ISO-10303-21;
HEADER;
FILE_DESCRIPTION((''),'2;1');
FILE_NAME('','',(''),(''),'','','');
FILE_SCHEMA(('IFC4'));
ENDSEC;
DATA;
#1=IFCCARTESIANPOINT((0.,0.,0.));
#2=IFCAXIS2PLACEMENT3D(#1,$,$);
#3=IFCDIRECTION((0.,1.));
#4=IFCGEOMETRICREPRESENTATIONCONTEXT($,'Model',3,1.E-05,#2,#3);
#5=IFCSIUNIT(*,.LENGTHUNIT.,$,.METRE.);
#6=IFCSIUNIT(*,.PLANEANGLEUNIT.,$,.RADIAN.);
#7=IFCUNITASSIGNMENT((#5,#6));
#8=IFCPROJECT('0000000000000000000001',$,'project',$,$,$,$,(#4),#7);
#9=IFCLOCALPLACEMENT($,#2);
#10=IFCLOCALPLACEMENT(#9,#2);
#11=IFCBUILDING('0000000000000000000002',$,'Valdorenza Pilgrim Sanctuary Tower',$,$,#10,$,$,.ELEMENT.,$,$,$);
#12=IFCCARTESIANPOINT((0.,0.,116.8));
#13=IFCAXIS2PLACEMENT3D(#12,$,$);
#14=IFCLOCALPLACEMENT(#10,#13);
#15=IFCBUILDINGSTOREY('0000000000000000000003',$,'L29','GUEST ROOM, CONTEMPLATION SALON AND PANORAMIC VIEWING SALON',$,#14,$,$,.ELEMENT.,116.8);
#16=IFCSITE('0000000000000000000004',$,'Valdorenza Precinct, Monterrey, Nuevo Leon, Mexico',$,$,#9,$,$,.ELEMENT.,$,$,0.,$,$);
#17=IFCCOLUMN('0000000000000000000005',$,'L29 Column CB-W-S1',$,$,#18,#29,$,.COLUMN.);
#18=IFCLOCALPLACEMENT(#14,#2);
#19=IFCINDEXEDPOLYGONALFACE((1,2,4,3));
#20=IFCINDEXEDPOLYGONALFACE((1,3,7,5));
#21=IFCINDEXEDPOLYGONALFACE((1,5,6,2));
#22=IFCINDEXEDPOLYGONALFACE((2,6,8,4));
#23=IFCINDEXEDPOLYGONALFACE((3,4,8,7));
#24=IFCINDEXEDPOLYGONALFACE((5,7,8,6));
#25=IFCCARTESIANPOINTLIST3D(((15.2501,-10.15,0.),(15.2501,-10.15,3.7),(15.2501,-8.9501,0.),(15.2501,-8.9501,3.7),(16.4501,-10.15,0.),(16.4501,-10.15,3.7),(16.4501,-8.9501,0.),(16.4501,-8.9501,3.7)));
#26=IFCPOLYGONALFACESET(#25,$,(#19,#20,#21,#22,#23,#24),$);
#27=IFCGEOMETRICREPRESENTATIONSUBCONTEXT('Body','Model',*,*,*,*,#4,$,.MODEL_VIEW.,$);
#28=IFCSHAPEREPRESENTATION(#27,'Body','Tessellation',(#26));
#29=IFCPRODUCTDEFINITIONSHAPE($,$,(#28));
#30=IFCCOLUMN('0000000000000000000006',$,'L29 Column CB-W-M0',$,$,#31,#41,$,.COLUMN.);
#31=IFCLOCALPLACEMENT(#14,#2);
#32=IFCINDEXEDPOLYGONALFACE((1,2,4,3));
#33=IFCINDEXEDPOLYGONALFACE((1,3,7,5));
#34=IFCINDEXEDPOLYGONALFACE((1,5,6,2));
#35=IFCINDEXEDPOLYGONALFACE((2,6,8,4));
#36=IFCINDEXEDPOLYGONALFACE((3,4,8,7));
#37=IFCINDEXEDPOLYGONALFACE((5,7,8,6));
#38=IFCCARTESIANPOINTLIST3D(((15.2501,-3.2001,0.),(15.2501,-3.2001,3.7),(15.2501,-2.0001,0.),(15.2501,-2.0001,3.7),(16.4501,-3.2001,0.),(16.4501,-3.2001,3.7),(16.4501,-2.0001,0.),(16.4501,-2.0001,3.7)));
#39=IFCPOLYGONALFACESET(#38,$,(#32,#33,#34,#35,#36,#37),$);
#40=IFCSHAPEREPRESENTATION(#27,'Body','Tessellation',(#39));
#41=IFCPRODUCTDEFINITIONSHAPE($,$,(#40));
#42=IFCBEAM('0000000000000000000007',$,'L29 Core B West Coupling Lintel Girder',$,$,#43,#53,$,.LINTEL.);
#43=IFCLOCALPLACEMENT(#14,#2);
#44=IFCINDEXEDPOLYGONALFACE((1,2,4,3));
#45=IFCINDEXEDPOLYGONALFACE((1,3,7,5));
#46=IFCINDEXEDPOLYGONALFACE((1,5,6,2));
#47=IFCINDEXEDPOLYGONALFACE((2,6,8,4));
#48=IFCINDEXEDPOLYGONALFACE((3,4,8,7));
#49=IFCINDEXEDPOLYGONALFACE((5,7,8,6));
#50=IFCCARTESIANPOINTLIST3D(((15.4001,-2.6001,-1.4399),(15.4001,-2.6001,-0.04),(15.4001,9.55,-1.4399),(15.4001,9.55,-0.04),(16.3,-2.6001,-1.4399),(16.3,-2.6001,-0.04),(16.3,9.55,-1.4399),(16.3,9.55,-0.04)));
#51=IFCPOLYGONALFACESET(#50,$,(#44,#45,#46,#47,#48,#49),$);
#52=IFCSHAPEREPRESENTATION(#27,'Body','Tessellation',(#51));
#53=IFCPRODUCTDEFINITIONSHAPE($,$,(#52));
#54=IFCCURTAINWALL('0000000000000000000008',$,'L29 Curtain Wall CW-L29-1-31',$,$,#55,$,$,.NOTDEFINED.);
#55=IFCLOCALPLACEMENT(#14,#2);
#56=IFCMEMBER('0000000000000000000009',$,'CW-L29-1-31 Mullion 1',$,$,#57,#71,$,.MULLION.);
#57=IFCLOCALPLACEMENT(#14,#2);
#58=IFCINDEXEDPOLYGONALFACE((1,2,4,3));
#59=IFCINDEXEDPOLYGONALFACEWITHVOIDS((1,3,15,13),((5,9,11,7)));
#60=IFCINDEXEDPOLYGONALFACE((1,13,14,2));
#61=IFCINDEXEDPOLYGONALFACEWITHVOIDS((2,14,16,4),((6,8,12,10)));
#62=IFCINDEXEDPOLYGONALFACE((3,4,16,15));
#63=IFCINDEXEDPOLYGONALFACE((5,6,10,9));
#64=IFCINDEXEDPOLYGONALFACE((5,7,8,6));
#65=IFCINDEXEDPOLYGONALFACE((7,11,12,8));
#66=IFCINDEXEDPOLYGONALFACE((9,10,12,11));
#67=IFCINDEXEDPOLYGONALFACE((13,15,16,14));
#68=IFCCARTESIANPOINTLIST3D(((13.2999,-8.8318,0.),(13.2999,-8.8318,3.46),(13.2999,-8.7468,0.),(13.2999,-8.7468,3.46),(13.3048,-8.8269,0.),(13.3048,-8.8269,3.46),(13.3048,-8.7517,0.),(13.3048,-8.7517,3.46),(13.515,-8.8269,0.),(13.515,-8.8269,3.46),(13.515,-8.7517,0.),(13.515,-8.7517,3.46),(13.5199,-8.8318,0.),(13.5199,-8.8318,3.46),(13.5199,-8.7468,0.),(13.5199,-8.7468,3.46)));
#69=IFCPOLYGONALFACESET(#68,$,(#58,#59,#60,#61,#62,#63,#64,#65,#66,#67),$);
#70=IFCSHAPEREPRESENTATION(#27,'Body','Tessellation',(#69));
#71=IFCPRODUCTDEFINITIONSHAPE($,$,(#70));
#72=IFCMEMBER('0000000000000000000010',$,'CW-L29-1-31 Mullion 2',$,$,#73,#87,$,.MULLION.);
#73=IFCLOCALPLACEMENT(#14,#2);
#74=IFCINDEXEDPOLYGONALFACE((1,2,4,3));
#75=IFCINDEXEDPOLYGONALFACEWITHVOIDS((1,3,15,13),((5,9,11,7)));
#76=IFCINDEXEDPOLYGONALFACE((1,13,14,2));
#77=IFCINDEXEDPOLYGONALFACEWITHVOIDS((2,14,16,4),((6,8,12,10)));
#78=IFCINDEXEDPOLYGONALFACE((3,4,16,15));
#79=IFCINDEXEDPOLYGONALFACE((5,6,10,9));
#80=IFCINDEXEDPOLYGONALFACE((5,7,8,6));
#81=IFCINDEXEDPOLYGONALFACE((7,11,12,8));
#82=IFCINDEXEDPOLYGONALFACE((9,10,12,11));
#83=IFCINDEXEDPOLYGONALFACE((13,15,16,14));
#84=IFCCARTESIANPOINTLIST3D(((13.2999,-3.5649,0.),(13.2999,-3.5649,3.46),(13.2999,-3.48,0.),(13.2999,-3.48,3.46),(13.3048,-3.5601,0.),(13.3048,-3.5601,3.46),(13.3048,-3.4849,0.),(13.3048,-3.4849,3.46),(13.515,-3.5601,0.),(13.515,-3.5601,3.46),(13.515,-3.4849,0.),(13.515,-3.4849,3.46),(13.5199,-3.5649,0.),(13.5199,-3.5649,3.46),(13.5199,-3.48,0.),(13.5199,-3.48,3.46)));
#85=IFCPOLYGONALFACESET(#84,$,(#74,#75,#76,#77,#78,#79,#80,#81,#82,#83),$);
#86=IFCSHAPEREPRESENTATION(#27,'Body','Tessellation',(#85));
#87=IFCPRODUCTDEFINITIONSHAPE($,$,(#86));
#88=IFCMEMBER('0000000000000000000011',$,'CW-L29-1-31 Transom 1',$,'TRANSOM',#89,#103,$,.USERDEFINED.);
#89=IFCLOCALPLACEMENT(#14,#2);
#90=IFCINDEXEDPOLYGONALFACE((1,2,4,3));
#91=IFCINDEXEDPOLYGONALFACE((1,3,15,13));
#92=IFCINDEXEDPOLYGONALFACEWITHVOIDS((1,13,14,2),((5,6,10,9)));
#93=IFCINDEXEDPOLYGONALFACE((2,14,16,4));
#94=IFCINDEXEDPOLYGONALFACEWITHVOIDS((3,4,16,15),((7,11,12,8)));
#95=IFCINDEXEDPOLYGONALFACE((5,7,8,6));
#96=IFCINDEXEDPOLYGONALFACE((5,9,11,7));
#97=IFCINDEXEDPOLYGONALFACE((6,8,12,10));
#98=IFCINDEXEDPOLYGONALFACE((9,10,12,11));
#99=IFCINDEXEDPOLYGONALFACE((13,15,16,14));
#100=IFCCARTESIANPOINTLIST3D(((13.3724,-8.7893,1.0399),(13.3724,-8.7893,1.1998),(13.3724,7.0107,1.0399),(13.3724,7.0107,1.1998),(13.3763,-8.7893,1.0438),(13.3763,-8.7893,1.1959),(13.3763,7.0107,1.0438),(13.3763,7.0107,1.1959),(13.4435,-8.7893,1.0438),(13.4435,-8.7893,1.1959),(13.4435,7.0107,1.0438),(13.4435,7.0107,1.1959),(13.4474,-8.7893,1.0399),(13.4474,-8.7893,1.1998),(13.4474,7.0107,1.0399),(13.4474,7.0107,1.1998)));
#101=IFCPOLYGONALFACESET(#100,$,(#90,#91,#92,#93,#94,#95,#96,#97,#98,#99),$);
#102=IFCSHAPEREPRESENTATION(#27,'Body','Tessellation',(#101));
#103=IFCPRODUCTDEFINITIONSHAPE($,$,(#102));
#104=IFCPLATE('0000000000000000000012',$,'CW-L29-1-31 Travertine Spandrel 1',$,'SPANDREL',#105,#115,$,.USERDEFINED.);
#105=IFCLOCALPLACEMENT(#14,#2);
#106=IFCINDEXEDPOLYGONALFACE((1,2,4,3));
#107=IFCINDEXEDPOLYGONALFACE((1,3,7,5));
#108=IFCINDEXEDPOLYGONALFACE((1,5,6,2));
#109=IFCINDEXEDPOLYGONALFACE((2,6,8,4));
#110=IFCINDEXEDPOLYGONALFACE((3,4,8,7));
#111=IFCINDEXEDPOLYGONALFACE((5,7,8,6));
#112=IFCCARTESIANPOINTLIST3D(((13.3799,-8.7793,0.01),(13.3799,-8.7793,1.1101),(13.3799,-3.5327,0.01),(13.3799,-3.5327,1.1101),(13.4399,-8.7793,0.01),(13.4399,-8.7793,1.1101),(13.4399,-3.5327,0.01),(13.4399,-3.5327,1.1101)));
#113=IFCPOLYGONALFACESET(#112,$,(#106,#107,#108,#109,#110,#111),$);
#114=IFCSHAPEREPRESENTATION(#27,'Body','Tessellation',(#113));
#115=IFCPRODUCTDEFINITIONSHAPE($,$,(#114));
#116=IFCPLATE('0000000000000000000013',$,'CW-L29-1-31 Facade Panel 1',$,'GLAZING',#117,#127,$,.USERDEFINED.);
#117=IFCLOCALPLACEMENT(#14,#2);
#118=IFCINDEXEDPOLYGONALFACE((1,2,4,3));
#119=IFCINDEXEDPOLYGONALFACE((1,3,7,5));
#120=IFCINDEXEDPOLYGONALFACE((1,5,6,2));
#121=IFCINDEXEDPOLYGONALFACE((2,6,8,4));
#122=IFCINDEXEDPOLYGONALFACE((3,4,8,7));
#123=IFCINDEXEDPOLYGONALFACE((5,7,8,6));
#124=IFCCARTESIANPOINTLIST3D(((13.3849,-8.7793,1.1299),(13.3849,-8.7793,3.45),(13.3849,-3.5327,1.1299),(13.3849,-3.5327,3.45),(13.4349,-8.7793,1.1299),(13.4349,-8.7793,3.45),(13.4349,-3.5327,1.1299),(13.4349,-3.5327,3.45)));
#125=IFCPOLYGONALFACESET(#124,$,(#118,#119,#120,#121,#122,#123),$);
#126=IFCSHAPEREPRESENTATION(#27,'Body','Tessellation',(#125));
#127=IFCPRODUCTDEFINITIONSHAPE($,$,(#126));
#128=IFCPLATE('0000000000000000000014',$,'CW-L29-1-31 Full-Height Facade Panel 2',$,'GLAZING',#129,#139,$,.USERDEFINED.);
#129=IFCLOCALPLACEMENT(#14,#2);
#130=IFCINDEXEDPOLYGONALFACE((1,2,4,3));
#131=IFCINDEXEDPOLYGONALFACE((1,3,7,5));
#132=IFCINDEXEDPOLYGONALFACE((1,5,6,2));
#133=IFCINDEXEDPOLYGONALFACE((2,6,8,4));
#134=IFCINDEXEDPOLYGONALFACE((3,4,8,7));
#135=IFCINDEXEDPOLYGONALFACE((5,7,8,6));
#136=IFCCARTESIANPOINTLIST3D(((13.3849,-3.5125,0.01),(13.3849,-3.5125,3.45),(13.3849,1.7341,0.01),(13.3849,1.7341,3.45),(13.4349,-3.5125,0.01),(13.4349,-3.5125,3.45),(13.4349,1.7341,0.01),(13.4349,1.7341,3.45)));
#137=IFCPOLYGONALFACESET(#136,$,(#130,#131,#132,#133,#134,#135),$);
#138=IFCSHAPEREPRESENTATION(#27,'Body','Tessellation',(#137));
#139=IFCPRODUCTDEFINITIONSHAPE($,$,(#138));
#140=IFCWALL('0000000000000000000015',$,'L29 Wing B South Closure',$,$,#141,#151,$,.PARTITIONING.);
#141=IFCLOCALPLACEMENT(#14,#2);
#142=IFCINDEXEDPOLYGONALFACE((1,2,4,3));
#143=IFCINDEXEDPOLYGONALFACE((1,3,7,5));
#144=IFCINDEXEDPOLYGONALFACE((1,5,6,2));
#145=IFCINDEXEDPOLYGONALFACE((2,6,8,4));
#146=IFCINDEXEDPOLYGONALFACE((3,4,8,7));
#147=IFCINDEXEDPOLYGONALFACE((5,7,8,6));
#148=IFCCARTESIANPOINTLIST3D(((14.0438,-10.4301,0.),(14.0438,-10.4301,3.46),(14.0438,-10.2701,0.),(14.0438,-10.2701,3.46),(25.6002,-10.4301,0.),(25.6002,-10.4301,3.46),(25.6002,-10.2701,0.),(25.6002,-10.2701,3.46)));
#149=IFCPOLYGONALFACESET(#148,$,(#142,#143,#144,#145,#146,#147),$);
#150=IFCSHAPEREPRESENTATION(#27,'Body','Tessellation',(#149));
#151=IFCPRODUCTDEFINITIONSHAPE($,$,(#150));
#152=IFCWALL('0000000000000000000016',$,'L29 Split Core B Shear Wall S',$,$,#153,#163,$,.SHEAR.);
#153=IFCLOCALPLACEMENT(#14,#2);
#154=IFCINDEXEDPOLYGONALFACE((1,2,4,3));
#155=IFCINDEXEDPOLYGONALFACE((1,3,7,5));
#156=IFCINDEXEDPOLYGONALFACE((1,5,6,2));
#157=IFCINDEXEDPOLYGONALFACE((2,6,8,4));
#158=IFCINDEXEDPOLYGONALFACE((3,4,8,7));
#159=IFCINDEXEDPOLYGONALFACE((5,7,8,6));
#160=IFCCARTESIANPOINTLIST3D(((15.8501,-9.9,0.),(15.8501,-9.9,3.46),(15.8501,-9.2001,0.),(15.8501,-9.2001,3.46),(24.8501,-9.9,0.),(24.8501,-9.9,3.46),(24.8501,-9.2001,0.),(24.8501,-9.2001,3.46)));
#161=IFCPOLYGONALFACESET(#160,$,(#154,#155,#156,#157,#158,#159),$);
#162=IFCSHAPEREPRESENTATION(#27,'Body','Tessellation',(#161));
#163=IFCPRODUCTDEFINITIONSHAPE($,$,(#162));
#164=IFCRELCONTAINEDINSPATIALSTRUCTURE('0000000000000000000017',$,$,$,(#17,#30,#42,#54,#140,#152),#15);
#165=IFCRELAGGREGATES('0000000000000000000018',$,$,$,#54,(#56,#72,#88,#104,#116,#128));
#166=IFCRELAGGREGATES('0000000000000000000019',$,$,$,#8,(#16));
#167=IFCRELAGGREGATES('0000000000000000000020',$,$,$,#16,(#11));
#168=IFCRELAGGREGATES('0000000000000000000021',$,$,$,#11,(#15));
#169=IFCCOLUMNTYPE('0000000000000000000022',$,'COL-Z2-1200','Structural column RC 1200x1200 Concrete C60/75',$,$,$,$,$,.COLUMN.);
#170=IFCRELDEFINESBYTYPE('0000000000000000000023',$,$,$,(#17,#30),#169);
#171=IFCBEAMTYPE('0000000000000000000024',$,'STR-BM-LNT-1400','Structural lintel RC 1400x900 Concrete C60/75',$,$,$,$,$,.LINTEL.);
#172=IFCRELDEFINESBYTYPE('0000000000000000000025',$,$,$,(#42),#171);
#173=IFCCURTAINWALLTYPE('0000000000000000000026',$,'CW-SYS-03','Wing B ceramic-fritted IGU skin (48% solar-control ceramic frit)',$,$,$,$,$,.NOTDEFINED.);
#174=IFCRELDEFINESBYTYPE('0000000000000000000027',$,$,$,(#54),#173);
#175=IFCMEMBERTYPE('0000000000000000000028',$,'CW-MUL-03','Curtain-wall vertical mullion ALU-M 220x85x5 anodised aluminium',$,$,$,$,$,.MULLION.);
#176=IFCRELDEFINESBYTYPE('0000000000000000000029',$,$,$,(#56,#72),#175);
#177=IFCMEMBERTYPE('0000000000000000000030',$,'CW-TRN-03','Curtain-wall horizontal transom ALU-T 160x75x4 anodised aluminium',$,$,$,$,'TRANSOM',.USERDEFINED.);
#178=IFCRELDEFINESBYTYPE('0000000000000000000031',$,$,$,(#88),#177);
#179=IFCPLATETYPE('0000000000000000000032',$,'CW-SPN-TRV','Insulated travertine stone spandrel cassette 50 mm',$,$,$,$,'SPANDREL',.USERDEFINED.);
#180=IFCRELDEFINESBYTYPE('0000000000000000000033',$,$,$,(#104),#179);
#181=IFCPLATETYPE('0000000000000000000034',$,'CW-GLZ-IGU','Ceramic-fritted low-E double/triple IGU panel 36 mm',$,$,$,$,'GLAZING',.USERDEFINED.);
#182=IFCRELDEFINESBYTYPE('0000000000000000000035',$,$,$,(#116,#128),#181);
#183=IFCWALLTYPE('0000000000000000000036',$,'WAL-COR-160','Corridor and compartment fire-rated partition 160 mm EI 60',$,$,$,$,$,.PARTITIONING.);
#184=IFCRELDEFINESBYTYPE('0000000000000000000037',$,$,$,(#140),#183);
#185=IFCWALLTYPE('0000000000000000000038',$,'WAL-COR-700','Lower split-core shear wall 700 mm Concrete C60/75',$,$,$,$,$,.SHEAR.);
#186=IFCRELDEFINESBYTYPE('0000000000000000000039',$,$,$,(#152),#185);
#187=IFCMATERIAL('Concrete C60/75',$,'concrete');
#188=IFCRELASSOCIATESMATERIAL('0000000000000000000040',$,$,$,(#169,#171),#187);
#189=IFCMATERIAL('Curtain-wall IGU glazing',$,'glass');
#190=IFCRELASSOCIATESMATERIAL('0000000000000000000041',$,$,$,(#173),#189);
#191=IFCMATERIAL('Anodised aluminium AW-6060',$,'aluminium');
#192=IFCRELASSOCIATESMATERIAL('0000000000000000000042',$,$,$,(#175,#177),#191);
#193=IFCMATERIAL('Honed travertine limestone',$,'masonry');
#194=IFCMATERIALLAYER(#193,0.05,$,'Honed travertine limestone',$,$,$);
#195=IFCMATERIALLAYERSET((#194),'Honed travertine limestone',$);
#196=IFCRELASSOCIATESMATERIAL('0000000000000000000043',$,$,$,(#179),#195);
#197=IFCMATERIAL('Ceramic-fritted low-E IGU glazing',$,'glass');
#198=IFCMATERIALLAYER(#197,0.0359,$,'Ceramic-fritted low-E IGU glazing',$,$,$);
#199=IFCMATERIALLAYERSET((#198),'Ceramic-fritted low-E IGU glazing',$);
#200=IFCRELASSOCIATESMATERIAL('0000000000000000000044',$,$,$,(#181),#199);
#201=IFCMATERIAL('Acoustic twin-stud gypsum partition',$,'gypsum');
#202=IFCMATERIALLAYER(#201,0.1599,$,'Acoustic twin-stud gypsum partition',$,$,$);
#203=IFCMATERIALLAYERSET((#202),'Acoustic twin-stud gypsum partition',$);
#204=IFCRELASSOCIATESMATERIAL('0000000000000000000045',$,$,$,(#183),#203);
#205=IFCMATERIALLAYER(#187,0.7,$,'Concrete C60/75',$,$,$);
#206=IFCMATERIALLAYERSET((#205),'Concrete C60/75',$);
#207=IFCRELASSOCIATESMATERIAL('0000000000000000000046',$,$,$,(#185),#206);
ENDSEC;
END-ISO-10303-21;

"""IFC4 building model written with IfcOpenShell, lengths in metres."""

from ifc_helpers import new_model, si_unit, direction, frame, frame_2d, origin, origin_2d, place, context, subcontext, project, spatial, rectangle, hollow_rectangle, extrude, source, transform, mapped, material, layer, layer_set, material_profile, profile_set, type_object, element, aggregate, save


model = new_model("IFC4")

# Units and contexts
model_context = context("Model", 3, precision=1e-05, world=origin(), true_north=direction((0.0, 1.0)))
body_context = subcontext(model_context, "Body", "Model", "MODEL_VIEW")
ifc_project = project(units=[si_unit("LENGTHUNIT", "METRE"), si_unit("PLANEANGLEUNIT", "RADIAN")], contexts=[model_context])

# Site, building, storey
site_placement = place(None, origin())
site = spatial("IfcSite", under=ifc_project, at=site_placement, Name="Valdorenza Precinct, Monterrey, Nuevo Leon, Mexico", CompositionType="ELEMENT", RefElevation=0.0)
building_placement = place(site_placement, origin())
building = spatial("IfcBuilding", under=site, at=building_placement, Name="Valdorenza Pilgrim Sanctuary Tower", CompositionType="ELEMENT")
storey_placement = place(building_placement, frame((0.0, 0.0, 116.8)))
storey = spatial("IfcBuildingStorey", under=building, at=storey_placement, Name="L29", Description="GUEST ROOM, CONTEMPLATION SALON AND PANORAMIC VIEWING SALON", CompositionType="ELEMENT", Elevation=116.8)

# Columns
ifc_material_1 = material(Name="Concrete C60/75", Category="concrete")
ifc_material_profile_1 = material_profile(ifc_material_1, rectangle(XDim=1.2, YDim=1.2, at=origin_2d()), Name="RC 1200x1200")
ifc_profile_set_1 = profile_set([ifc_material_profile_1], Name="Concrete C60/75")
column_type = type_object("IfcColumnType", Name="COL-Z2-1200", Description="Structural column RC 1200x1200 Concrete C60/75", PredefinedType="COLUMN", material=ifc_profile_set_1)
shared_shape_1 = source(origin(), body_context, "Body", "SweptSolid", [
    extrude(rectangle(XDim=1.2, YDim=1.2, at=origin_2d()), origin(), (0.0, 0.0, 1.0), 3.7),
])
for number, where, z_axis, x_axis, name in (
    (1, (15.8501, -9.55, 0.0), (0.0, 0.0, 1.0), (1.0, 0.0, 0.0), "L29 Column CB-W-S1"),
    (2, (15.8501, -2.6001, 0.0), (0.0, 0.0, 1.0), (1.0, 0.0, 0.0), "L29 Column CB-W-M0"),
):
    element("IfcColumn", number, at=place(storey_placement, frame(where, z_axis=z_axis, x_axis=x_axis)), inside=storey, type_object=column_type, Name=name, PredefinedType="COLUMN", context=body_context, shape_type="MappedRepresentation", body=[
        mapped(shared_shape_1, transform((0.0, 0.0, 0.0), x_axis=(1.0, 0.0, 0.0), y_axis=(0.0, 1.0, 0.0), z_axis=(0.0, 0.0, 1.0), scale=1.0)),
    ])

# Beam
ifc_material_profile_2 = material_profile(ifc_material_1, rectangle(XDim=0.8999, YDim=1.3999, at=origin_2d()), Name="RC 1400x900")
ifc_profile_set_2 = profile_set([ifc_material_profile_2], Name="Concrete C60/75")
beam_type = type_object("IfcBeamType", Name="STR-BM-LNT-1400", Description="Structural lintel RC 1400x900 Concrete C60/75", PredefinedType="LINTEL", material=ifc_profile_set_2)
shared_shape_2 = source(origin(), body_context, "Body", "SweptSolid", [
    extrude(rectangle(XDim=0.8999, YDim=1.3999, at=origin_2d()), origin(), (0.0, 0.0, 1.0), 12.1501),
])
beam_placement = place(storey_placement, frame((15.8501, -2.6001, -0.74), z_axis=(0.0, 1.0, 0.0), x_axis=(-1.0, 0.0, 0.0)))
element("IfcBeam", 3, at=beam_placement, inside=storey, type_object=beam_type, Name="L29 Core B West Coupling Lintel Girder", PredefinedType="LINTEL", context=body_context, shape_type="MappedRepresentation", body=[
    mapped(shared_shape_2, transform((0.0, 0.0, 0.0), x_axis=(1.0, 0.0, 0.0), y_axis=(0.0, 1.0, 0.0), z_axis=(0.0, 0.0, 1.0), scale=1.0)),
])

# Curtain wall, members, plates
ifc_material_2 = material(Name="Curtain-wall IGU glazing", Category="glass")
curtain_wall_type = type_object("IfcCurtainWallType", Name="CW-SYS-03", Description="Wing B ceramic-fritted IGU skin (48% solar-control ceramic frit)", PredefinedType="NOTDEFINED", material=ifc_material_2)
curtain_wall_placement = place(storey_placement, origin())
curtain_wall = element("IfcCurtainWall", 4, at=curtain_wall_placement, inside=storey, type_object=curtain_wall_type, Name="L29 Curtain Wall CW-L29-1-31", PredefinedType="NOTDEFINED")
ifc_material_3 = material(Name="Anodised aluminium AW-6060", Category="aluminium")
ifc_material_profile_3 = material_profile(ifc_material_3, hollow_rectangle(XDim=0.085, YDim=0.22, WallThickness=0.0049, at=origin_2d()), Name="ALU-M 220x85x5")
ifc_profile_set_3 = profile_set([ifc_material_profile_3], Name="Anodised aluminium AW-6060")
member_type_1 = type_object("IfcMemberType", Name="CW-MUL-03", Description="Curtain-wall vertical mullion ALU-M 220x85x5 anodised aluminium", PredefinedType="MULLION", material=ifc_profile_set_3)
shared_shape_3 = source(origin(), body_context, "Body", "SweptSolid", [
    extrude(hollow_rectangle(XDim=0.085, YDim=0.22, WallThickness=0.0049, at=origin_2d()), origin(), (0.0, 0.0, 1.0), 3.46),
])
member_1_placement = place(storey_placement, frame((13.4099, -8.7893, 0.0), z_axis=(0.0, 0.0, 1.0), x_axis=(0.0, 1.0, 0.0)))
member_1 = element("IfcMember", 5, at=member_1_placement, type_object=member_type_1, Name="CW-L29-1-31 Mullion 1", PredefinedType="MULLION", context=body_context, shape_type="MappedRepresentation", body=[
    mapped(shared_shape_3, transform((0.0, 0.0, 0.0), x_axis=(1.0, 0.0, 0.0), y_axis=(0.0, 1.0, 0.0), z_axis=(0.0, 0.0, 1.0), scale=1.0)),
])
member_2_placement = place(storey_placement, frame((13.4099, -3.5225, 0.0), z_axis=(0.0, 0.0, 1.0), x_axis=(0.0, 1.0, 0.0)))
member_2 = element("IfcMember", 6, at=member_2_placement, type_object=member_type_1, Name="CW-L29-1-31 Mullion 2", PredefinedType="MULLION", context=body_context, shape_type="MappedRepresentation", body=[
    mapped(shared_shape_3, transform((0.0, 0.0, 0.0), x_axis=(1.0, 0.0, 0.0), y_axis=(0.0, 1.0, 0.0), z_axis=(0.0, 0.0, 1.0), scale=1.0)),
])
ifc_material_profile_4 = material_profile(ifc_material_3, hollow_rectangle(XDim=0.075, YDim=0.1599, WallThickness=0.0039, at=origin_2d()), Name="ALU-T 160x75x4")
ifc_profile_set_4 = profile_set([ifc_material_profile_4], Name="Anodised aluminium AW-6060")
member_type_2 = type_object("IfcMemberType", Name="CW-TRN-03", Description="Curtain-wall horizontal transom ALU-T 160x75x4 anodised aluminium", ElementType="TRANSOM", PredefinedType="USERDEFINED", material=ifc_profile_set_4)
shared_shape_4 = source(origin(), body_context, "Body", "SweptSolid", [
    extrude(hollow_rectangle(XDim=0.075, YDim=0.1599, WallThickness=0.0039, at=origin_2d()), origin(), (0.0, 0.0, 1.0), 15.8),
])
member_3_placement = place(storey_placement, frame((13.4099, -8.7893, 1.1199), z_axis=(0.0, 1.0, 0.0), x_axis=(-1.0, 0.0, 0.0)))
member_3 = element("IfcMember", 7, at=member_3_placement, type_object=member_type_2, Name="CW-L29-1-31 Transom 1", ObjectType="TRANSOM", PredefinedType="USERDEFINED", context=body_context, shape_type="MappedRepresentation", body=[
    mapped(shared_shape_4, transform((0.0, 0.0, 0.0), x_axis=(1.0, 0.0, 0.0), y_axis=(0.0, 1.0, 0.0), z_axis=(0.0, 0.0, 1.0), scale=1.0)),
])
ifc_material_4 = material(Name="Honed travertine limestone", Category="masonry")
ifc_layer_1 = layer(ifc_material_4, 0.05, Name="Honed travertine limestone")
ifc_layer_set_1 = layer_set([ifc_layer_1], Name="Honed travertine limestone")
plate_type_1 = type_object("IfcPlateType", Name="CW-SPN-TRV", Description="Insulated travertine stone spandrel cassette 50 mm", ElementType="SPANDREL", PredefinedType="USERDEFINED", material=ifc_layer_set_1)
shared_shape_5 = source(origin(), body_context, "Body", "SweptSolid", [
    extrude(rectangle(XDim=5.2466, YDim=0.0601, at=origin_2d()), origin(), (0.0, 0.0, 1.0), 1.1001),
])
plate_1_placement = place(storey_placement, frame((13.4099, -6.156, 0.01), z_axis=(0.0, 0.0, 1.0), x_axis=(0.0, 1.0, 0.0)))
plate_1 = element("IfcPlate", 8, at=plate_1_placement, type_object=plate_type_1, Name="CW-L29-1-31 Travertine Spandrel 1", ObjectType="SPANDREL", PredefinedType="USERDEFINED", context=body_context, shape_type="MappedRepresentation", body=[
    mapped(shared_shape_5, transform((0.0, 0.0, 0.0), x_axis=(1.0, 0.0, 0.0), y_axis=(0.0, 1.0, 0.0), z_axis=(0.0, 0.0, 1.0), scale=1.0)),
])
ifc_material_5 = material(Name="Ceramic-fritted low-E IGU glazing", Category="glass")
ifc_layer_2 = layer(ifc_material_5, 0.0359, Name="Ceramic-fritted low-E IGU glazing")
ifc_layer_set_2 = layer_set([ifc_layer_2], Name="Ceramic-fritted low-E IGU glazing")
plate_type_2 = type_object("IfcPlateType", Name="CW-GLZ-IGU", Description="Ceramic-fritted low-E double/triple IGU panel 36 mm", ElementType="GLAZING", PredefinedType="USERDEFINED", material=ifc_layer_set_2)
shared_shape_6 = source(origin(), body_context, "Body", "SweptSolid", [
    extrude(rectangle(XDim=5.2466, YDim=0.05, at=origin_2d()), origin(), (0.0, 0.0, 1.0), 2.3201),
])
plate_2_placement = place(storey_placement, frame((13.4099, -6.156, 1.1299), z_axis=(0.0, 0.0, 1.0), x_axis=(0.0, 1.0, 0.0)))
plate_2 = element("IfcPlate", 9, at=plate_2_placement, type_object=plate_type_2, Name="CW-L29-1-31 Facade Panel 1", ObjectType="GLAZING", PredefinedType="USERDEFINED", context=body_context, shape_type="MappedRepresentation", body=[
    mapped(shared_shape_6, transform((0.0, 0.0, 0.0), x_axis=(1.0, 0.0, 0.0), y_axis=(0.0, 1.0, 0.0), z_axis=(0.0, 0.0, 1.0), scale=1.0)),
])
shared_shape_7 = source(origin(), body_context, "Body", "SweptSolid", [
    extrude(rectangle(XDim=5.2466, YDim=0.05, at=origin_2d()), origin(), (0.0, 0.0, 1.0), 3.4399),
])
plate_3_placement = place(storey_placement, frame((13.4099, -0.8892, 0.01), z_axis=(0.0, 0.0, 1.0), x_axis=(0.0, 1.0, 0.0)))
plate_3 = element("IfcPlate", 10, at=plate_3_placement, type_object=plate_type_2, Name="CW-L29-1-31 Full-Height Facade Panel 2", ObjectType="GLAZING", PredefinedType="USERDEFINED", context=body_context, shape_type="MappedRepresentation", body=[
    mapped(shared_shape_7, transform((0.0, 0.0, 0.0), x_axis=(1.0, 0.0, 0.0), y_axis=(0.0, 1.0, 0.0), z_axis=(0.0, 0.0, 1.0), scale=1.0)),
])
aggregate(curtain_wall, [member_1, member_2, member_3, plate_1, plate_2, plate_3])

# Walls
ifc_material_6 = material(Name="Acoustic twin-stud gypsum partition", Category="gypsum")
ifc_layer_3 = layer(ifc_material_6, 0.1599, Name="Acoustic twin-stud gypsum partition")
ifc_layer_set_3 = layer_set([ifc_layer_3], Name="Acoustic twin-stud gypsum partition")
wall_type_1 = type_object("IfcWallType", Name="WAL-COR-160", Description="Corridor and compartment fire-rated partition 160 mm EI 60", PredefinedType="PARTITIONING", material=ifc_layer_set_3)
wall_1_placement = place(storey_placement, frame((14.0437, -10.3501, 0.0), z_axis=(0.0, 0.0, 1.0), x_axis=(1.0, 0.0, 0.0)))
element("IfcWall", 11, at=wall_1_placement, inside=storey, type_object=wall_type_1, Name="L29 Wing B South Closure", PredefinedType="PARTITIONING", context=body_context, shape_type="SweptSolid", body=[
    extrude(rectangle(XDim=11.5564, YDim=0.1599, at=frame_2d((5.7783, 0.0))), origin(), (0.0, 0.0, 1.0), 3.46),
])
ifc_layer_4 = layer(ifc_material_1, 0.7, Name="Concrete C60/75")
ifc_layer_set_4 = layer_set([ifc_layer_4], Name="Concrete C60/75")
wall_type_2 = type_object("IfcWallType", Name="WAL-COR-700", Description="Lower split-core shear wall 700 mm Concrete C60/75", PredefinedType="SHEAR", material=ifc_layer_set_4)
wall_2_placement = place(storey_placement, frame((15.8501, -9.55, 0.0), z_axis=(0.0, 0.0, 1.0), x_axis=(1.0, 0.0, 0.0)))
element("IfcWall", 12, at=wall_2_placement, inside=storey, type_object=wall_type_2, Name="L29 Split Core B Shear Wall S", PredefinedType="SHEAR", context=body_context, shape_type="SweptSolid", body=[
    extrude(rectangle(XDim=9.0, YDim=0.7, at=frame_2d((4.5, 0.0))), origin(), (0.0, 0.0, 1.0), 3.46),
])

save(model, "model.ifc")
